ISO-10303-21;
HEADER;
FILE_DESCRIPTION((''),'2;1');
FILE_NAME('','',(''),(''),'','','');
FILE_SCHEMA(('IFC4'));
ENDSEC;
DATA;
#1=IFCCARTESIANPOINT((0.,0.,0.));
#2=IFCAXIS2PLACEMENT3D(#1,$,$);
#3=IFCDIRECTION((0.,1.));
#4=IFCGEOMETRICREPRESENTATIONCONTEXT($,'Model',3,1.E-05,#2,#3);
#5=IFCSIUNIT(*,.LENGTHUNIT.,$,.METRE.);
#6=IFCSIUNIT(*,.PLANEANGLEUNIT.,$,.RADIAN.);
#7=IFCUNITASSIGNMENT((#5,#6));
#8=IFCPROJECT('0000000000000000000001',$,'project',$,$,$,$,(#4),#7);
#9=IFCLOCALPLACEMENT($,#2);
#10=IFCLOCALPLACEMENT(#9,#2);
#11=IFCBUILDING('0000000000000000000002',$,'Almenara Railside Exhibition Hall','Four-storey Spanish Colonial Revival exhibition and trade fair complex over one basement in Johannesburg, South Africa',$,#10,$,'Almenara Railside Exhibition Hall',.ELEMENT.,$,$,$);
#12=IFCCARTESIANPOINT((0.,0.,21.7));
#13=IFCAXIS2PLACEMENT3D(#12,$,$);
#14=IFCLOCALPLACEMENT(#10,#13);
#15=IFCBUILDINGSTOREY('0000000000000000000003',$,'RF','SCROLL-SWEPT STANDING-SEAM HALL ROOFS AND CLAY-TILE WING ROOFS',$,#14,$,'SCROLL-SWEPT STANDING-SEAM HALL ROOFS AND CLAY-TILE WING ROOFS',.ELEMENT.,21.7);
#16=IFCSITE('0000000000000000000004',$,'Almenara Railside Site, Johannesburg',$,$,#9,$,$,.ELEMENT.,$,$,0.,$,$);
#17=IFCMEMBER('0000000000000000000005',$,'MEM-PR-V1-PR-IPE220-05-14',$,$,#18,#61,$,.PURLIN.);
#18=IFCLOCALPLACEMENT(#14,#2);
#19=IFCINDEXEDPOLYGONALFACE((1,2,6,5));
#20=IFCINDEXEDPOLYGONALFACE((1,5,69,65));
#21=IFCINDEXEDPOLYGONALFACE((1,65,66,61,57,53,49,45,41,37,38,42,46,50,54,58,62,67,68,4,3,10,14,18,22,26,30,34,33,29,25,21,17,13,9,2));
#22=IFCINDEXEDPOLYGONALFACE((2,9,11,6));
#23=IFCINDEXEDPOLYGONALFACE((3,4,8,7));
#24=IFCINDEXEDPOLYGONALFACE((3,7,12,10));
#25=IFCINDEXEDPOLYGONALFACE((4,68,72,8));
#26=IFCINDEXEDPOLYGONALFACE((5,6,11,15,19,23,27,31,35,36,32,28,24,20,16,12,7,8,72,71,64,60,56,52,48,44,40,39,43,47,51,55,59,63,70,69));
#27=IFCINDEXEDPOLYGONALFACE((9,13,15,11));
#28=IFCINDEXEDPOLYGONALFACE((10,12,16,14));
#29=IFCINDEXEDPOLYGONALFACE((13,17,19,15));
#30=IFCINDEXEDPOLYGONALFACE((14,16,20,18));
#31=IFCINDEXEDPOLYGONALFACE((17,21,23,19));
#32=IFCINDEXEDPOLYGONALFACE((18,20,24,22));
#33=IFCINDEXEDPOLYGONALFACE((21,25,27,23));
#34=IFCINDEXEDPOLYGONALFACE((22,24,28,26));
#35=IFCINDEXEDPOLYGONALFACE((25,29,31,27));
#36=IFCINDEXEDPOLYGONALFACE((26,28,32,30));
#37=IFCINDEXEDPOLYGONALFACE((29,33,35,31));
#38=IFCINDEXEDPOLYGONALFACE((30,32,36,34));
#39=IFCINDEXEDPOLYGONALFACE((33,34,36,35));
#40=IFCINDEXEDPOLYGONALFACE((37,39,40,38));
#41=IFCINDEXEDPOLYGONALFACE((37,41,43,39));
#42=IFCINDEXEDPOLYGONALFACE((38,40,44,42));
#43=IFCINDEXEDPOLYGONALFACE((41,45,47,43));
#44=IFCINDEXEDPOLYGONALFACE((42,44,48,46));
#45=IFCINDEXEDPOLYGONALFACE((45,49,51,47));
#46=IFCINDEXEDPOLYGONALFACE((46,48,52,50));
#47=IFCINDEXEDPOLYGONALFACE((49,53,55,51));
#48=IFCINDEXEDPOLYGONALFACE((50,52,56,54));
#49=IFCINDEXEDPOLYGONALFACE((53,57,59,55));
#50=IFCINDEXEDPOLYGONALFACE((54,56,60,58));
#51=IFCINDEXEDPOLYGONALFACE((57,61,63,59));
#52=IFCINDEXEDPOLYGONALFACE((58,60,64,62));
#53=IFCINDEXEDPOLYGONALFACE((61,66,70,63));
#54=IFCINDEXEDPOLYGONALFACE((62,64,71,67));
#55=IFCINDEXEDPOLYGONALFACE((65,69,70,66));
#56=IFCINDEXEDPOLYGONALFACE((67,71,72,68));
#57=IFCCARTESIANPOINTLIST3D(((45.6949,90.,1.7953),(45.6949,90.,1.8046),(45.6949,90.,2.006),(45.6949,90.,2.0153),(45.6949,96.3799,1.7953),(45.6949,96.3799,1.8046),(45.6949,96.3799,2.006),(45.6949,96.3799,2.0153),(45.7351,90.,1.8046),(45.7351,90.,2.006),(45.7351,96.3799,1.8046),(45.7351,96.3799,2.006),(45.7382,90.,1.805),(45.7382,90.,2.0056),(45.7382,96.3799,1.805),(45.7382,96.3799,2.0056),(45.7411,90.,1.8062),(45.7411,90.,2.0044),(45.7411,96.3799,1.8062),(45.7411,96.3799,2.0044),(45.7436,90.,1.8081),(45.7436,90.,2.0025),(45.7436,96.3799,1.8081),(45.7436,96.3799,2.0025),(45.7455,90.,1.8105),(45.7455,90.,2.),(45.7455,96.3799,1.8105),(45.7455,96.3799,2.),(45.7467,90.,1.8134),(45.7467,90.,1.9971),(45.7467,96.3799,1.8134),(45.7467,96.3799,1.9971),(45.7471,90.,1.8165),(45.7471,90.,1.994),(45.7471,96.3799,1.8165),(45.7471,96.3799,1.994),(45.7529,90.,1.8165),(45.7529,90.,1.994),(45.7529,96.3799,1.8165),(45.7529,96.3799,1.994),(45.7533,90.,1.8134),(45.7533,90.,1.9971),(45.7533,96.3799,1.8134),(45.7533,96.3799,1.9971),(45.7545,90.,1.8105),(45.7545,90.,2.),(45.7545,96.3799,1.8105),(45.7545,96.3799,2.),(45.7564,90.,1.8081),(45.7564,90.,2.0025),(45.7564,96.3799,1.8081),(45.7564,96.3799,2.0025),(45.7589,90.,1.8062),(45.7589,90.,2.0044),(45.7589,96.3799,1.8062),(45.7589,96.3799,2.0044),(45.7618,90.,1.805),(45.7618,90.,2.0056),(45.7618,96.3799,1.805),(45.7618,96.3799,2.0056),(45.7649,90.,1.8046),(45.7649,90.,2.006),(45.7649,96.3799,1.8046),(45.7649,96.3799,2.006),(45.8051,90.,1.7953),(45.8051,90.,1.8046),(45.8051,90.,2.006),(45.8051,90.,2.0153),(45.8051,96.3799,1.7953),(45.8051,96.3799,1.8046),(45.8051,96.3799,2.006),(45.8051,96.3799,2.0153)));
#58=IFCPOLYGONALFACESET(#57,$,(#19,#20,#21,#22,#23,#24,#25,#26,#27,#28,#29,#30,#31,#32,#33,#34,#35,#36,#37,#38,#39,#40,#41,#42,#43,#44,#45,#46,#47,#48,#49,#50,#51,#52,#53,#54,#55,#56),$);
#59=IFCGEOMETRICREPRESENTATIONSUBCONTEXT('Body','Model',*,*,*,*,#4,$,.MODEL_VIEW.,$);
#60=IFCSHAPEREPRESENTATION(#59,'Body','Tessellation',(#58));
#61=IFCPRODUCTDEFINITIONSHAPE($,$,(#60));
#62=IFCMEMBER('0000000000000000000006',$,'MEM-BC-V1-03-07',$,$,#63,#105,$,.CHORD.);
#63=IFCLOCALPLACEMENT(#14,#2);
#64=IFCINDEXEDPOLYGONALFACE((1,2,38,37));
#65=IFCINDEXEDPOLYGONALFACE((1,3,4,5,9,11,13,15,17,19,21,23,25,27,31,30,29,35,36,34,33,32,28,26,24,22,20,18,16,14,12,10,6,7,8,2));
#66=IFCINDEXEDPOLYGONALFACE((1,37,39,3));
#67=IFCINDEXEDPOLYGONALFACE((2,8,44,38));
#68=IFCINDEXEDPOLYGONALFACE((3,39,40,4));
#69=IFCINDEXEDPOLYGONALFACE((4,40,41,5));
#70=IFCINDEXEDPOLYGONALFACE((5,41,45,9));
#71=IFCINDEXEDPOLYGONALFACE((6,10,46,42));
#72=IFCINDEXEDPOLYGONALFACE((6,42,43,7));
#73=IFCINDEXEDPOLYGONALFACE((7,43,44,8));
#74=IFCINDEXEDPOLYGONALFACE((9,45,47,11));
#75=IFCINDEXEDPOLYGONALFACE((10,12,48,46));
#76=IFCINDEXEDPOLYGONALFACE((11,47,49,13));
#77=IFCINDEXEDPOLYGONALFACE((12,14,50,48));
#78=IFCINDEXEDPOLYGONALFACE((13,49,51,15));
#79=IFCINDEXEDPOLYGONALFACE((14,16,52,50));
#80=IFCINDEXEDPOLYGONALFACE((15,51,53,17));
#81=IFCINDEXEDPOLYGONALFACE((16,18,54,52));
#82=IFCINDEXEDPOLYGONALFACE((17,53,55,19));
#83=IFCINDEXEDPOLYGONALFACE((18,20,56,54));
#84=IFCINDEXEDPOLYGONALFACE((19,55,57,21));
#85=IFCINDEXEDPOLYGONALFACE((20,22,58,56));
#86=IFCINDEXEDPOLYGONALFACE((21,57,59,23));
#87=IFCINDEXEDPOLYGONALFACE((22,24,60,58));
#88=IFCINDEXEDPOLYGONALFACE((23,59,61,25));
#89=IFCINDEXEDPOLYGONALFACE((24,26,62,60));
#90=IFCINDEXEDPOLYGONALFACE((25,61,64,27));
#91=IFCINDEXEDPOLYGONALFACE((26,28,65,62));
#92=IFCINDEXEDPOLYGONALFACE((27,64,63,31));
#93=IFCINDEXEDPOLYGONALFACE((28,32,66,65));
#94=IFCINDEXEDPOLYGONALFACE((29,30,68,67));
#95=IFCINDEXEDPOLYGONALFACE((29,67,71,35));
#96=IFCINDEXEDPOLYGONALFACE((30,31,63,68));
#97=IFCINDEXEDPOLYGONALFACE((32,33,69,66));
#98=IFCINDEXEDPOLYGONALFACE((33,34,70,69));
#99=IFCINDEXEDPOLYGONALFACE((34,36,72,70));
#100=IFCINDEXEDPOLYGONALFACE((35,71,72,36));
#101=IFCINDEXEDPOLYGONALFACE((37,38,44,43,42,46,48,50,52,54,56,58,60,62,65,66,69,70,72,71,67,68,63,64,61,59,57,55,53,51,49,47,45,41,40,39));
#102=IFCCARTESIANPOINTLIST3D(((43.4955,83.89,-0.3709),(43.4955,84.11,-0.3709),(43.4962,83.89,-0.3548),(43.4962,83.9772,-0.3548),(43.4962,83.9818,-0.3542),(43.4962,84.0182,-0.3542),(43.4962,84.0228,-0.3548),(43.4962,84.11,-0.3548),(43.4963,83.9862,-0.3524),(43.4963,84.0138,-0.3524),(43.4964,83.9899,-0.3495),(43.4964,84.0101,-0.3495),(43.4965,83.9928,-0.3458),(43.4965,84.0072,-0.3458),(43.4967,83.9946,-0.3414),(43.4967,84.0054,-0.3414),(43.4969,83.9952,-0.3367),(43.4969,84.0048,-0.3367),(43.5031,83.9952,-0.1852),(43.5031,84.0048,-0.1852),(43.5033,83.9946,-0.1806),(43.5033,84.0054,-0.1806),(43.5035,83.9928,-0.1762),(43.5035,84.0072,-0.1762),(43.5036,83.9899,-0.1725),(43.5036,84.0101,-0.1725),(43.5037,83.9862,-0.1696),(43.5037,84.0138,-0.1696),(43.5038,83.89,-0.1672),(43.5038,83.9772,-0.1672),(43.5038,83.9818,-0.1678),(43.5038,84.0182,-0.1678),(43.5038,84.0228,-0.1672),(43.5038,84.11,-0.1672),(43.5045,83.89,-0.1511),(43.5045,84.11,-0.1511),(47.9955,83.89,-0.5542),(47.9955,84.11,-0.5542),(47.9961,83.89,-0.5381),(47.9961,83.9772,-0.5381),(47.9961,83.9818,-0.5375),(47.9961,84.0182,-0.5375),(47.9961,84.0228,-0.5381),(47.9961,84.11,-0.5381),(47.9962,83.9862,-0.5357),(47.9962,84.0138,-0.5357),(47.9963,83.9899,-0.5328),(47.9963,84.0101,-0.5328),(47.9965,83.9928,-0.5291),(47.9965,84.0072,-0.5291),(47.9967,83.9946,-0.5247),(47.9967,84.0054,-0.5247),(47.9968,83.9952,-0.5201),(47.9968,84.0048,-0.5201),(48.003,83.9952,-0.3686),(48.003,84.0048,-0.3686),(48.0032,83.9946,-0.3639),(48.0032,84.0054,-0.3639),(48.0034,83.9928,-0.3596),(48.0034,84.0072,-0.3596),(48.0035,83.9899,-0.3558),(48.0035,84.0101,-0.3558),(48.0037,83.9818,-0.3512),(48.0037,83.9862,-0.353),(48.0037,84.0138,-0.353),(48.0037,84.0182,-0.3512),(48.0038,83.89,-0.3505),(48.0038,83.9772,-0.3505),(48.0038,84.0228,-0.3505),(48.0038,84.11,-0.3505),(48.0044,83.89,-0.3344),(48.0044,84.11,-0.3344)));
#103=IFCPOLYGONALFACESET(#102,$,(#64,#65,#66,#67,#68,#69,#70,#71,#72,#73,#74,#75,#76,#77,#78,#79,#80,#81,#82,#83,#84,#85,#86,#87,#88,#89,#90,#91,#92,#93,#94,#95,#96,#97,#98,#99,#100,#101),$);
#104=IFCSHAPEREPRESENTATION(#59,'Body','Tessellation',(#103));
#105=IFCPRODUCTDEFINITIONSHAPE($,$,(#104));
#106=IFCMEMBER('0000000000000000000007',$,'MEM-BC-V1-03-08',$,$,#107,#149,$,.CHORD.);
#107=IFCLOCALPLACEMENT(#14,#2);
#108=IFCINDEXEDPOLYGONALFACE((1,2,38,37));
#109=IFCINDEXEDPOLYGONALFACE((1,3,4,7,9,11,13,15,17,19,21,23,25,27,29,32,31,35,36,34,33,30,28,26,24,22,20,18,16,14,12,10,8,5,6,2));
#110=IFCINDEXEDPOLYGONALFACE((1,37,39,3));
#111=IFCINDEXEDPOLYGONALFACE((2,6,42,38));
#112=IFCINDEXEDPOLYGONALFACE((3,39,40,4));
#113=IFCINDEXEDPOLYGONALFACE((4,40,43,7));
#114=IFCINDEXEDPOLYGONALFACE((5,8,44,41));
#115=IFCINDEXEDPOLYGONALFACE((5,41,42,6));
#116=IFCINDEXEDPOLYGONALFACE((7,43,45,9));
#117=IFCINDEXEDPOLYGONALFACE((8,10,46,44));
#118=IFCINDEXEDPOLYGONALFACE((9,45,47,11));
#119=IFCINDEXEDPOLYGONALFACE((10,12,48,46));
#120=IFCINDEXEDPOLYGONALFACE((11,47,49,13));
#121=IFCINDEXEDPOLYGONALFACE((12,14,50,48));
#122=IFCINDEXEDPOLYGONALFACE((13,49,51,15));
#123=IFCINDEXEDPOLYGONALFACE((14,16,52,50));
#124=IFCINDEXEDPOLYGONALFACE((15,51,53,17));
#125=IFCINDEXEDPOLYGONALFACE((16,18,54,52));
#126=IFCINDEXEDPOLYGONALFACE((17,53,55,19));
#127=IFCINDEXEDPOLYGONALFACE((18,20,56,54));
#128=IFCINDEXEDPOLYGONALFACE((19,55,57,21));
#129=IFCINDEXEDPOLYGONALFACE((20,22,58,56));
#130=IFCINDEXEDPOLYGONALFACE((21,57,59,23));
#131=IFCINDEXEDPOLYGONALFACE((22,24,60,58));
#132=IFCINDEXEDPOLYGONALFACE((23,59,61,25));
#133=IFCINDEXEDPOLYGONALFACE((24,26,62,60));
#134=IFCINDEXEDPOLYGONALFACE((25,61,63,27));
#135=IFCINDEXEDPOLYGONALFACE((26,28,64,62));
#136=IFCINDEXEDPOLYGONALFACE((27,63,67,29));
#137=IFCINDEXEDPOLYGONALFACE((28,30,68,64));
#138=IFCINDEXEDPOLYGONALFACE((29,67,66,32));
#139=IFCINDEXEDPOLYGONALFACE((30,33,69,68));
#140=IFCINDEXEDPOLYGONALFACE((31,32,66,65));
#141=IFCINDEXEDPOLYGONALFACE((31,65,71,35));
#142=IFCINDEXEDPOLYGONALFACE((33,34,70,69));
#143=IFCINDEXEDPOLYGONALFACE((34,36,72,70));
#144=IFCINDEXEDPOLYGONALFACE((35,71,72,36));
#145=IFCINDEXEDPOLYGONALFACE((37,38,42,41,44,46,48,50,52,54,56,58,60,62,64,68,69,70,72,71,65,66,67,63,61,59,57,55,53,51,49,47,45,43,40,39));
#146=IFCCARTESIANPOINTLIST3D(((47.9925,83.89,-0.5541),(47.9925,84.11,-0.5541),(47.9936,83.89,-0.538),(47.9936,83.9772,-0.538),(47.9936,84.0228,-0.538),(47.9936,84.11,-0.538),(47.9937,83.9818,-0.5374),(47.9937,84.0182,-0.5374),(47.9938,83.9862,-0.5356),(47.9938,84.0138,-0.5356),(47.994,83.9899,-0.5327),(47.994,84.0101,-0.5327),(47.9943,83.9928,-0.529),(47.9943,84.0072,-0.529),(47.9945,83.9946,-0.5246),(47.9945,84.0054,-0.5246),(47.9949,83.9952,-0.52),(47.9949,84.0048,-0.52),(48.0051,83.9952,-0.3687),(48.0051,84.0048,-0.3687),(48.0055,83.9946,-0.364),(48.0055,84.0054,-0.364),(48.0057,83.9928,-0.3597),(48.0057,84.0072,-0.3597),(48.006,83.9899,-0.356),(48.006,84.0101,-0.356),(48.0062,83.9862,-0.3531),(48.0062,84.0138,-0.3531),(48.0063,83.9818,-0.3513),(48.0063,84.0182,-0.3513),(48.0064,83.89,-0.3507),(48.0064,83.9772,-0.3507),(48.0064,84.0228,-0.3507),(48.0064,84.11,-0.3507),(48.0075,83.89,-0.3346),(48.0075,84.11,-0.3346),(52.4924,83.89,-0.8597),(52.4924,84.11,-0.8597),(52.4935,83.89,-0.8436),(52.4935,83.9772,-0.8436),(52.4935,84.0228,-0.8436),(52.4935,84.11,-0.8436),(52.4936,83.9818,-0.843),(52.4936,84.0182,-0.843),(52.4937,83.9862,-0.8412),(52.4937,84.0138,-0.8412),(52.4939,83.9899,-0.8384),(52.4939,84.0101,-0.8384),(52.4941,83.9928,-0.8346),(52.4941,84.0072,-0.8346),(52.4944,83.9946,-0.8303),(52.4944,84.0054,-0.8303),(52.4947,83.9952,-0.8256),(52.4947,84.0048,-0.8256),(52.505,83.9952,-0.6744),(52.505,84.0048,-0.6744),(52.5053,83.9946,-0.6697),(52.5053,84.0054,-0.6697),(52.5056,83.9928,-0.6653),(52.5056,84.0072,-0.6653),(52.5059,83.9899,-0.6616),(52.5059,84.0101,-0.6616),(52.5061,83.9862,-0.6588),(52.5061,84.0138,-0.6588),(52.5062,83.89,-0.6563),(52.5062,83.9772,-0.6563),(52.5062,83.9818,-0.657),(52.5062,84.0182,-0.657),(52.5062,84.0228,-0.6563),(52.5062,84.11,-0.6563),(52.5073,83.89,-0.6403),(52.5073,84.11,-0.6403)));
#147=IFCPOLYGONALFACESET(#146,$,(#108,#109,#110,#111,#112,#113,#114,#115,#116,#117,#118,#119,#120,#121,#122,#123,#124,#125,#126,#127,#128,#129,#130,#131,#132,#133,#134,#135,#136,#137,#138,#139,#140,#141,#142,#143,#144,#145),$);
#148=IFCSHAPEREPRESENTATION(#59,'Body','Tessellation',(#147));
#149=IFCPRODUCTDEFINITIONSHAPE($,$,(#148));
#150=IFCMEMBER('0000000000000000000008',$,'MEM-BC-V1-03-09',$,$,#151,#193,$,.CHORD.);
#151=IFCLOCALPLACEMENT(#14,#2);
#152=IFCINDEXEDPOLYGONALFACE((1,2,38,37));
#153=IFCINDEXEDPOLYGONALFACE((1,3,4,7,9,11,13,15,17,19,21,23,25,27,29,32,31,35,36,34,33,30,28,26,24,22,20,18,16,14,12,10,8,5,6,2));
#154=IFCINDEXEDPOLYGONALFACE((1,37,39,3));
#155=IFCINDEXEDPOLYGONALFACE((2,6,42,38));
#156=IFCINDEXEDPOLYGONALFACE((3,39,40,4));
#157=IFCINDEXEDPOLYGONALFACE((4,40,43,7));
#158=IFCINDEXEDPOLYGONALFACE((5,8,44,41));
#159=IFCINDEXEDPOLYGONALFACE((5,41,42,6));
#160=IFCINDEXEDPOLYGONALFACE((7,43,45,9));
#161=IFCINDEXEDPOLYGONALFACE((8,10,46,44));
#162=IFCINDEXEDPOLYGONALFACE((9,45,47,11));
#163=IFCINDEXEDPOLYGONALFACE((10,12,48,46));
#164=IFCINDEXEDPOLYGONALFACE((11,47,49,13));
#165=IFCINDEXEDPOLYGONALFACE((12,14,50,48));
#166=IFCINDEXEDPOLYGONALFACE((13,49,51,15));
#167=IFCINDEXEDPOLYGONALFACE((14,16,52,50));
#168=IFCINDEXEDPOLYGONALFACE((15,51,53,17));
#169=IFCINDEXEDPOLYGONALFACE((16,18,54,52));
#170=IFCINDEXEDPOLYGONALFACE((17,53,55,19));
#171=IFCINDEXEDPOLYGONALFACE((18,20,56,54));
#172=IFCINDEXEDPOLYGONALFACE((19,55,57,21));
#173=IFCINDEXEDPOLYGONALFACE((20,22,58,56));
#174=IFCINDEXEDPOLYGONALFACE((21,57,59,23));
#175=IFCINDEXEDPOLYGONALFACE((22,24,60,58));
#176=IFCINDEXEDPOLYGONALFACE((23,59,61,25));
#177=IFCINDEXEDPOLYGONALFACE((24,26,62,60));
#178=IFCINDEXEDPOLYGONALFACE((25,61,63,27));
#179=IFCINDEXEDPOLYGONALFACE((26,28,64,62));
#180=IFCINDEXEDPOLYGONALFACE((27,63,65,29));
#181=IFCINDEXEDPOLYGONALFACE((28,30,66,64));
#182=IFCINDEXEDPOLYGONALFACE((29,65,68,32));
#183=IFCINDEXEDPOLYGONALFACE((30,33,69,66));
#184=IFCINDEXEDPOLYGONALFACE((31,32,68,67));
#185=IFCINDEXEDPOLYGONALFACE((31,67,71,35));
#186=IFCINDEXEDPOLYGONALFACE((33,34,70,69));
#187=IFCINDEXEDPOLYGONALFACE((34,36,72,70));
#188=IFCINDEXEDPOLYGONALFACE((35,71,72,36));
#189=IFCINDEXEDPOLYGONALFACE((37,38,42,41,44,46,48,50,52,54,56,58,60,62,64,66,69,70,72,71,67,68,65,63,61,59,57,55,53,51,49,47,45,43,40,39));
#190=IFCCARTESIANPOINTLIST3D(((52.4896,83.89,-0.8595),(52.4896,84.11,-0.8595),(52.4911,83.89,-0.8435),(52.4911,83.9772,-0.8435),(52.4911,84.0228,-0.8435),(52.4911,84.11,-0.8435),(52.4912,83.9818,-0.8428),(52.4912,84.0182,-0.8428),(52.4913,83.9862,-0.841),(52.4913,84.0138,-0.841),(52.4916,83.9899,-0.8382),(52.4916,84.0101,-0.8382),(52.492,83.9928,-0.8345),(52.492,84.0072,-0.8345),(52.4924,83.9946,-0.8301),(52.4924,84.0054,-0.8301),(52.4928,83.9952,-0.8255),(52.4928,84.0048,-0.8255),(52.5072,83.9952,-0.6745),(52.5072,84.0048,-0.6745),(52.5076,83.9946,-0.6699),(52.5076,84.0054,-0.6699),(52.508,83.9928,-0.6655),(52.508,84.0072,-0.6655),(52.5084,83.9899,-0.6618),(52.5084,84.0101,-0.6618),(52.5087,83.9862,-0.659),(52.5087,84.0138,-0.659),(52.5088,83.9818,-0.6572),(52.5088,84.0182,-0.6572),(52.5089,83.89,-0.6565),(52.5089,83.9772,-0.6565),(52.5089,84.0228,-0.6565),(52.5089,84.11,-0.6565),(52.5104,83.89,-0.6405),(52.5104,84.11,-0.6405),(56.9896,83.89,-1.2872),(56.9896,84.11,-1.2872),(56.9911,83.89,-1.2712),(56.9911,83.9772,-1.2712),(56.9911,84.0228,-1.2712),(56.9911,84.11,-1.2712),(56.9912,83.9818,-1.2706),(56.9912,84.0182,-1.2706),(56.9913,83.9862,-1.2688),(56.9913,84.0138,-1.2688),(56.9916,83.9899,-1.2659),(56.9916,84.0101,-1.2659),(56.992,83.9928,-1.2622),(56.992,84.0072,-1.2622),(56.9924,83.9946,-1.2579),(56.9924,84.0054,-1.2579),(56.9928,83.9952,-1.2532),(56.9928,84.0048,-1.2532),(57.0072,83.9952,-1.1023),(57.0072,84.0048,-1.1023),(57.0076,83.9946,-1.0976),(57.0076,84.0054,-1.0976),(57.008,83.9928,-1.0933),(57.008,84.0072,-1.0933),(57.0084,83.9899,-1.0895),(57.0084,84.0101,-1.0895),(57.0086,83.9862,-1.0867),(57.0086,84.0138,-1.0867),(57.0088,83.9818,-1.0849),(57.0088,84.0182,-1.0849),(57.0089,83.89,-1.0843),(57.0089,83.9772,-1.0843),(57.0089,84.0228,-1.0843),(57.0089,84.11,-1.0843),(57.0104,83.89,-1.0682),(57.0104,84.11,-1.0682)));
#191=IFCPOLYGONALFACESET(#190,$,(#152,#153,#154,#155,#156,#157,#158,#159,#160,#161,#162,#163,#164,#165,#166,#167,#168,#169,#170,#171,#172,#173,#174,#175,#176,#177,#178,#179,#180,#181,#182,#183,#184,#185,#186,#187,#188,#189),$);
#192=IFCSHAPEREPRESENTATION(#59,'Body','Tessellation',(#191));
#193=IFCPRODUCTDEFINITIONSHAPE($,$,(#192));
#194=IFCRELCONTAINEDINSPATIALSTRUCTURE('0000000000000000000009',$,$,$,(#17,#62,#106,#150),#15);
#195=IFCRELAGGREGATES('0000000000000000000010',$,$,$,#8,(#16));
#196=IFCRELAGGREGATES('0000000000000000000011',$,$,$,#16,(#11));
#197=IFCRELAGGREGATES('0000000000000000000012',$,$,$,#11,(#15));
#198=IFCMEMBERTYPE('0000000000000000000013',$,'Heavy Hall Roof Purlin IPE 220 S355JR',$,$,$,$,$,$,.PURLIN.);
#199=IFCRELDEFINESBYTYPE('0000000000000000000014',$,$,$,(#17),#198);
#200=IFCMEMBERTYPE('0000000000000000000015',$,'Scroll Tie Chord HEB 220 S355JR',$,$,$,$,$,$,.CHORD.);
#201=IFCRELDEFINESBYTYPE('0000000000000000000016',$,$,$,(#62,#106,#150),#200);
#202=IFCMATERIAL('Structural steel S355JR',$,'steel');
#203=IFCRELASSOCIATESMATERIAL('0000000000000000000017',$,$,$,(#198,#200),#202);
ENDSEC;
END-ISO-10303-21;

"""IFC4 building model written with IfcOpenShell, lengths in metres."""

from ifc_helpers import new_model, si_unit, direction, frame, origin, origin_2d, place, context, subcontext, project, spatial, i_section, extrude, material, material_profile, profile_set, type_object, element, save


model = new_model("IFC4")

# Units and contexts
model_context = context("Model", 3, precision=1e-05, world=origin(), true_north=direction((0.0, 1.0)))
body_context = subcontext(model_context, "Body", "Model", "MODEL_VIEW")
ifc_project = project(units=[si_unit("LENGTHUNIT", "METRE"), si_unit("PLANEANGLEUNIT", "RADIAN")], contexts=[model_context])

# Site, building, storey
site_placement = place(None, origin())
site = spatial("IfcSite", under=ifc_project, at=site_placement, Name="Almenara Railside Site, Johannesburg", CompositionType="ELEMENT", RefElevation=0.0)
building_placement = place(site_placement, origin())
building = spatial("IfcBuilding", under=site, at=building_placement, Name="Almenara Railside Exhibition Hall", Description="Four-storey Spanish Colonial Revival exhibition and trade fair complex over one basement in Johannesburg, South Africa", LongName="Almenara Railside Exhibition Hall", CompositionType="ELEMENT")
storey_placement = place(building_placement, frame((0.0, 0.0, 21.7)))
storey = spatial("IfcBuildingStorey", under=building, at=storey_placement, Name="RF", Description="SCROLL-SWEPT STANDING-SEAM HALL ROOFS AND CLAY-TILE WING ROOFS", LongName="SCROLL-SWEPT STANDING-SEAM HALL ROOFS AND CLAY-TILE WING ROOFS", CompositionType="ELEMENT", Elevation=21.7)

# Members
ifc_material_1 = material(Name="Structural steel S355JR", Category="steel")
ifc_material_profile_1 = material_profile(ifc_material_1, i_section(OverallWidth=0.1101, OverallDepth=0.22, WebThickness=0.0059, FlangeThickness=0.0093, FilletRadius=0.012, at=origin_2d()), Name="IPE 220")
ifc_profile_set_1 = profile_set([ifc_material_profile_1], Name="Structural steel S355JR")
member_type_1 = type_object("IfcMemberType", Name="Heavy Hall Roof Purlin IPE 220 S355JR", PredefinedType="PURLIN", material=ifc_profile_set_1)
for number, where, z_axis, x_axis, name in (
    (1, (45.75, 90.0, 1.9053), (0.0, 1.0, 0.0), (-1.0, 0.0, 0.0), "MEM-PR-V1-PR-IPE220-05-14"),
):
    element("IfcMember", number, at=place(storey_placement, frame(where, z_axis=z_axis, x_axis=x_axis)), inside=storey, type_object=member_type_1, Name=name, PredefinedType="PURLIN", context=body_context, shape_type="SweptSolid", body=[
        extrude(i_section(OverallWidth=0.1101, OverallDepth=0.22, WebThickness=0.0059, FlangeThickness=0.0093, FilletRadius=0.012, at=origin_2d()), origin(), (0.0, 0.0, 1.0), 6.3799),
    ])
ifc_material_profile_2 = material_profile(ifc_material_1, i_section(OverallWidth=0.22, OverallDepth=0.22, WebThickness=0.0095, FlangeThickness=0.0161, FilletRadius=0.0181, at=origin_2d()), Name="HEB 220")
ifc_profile_set_2 = profile_set([ifc_material_profile_2], Name="Structural steel S355JR")
member_type_2 = type_object("IfcMemberType", Name="Scroll Tie Chord HEB 220 S355JR", PredefinedType="CHORD", material=ifc_profile_set_2)
member_1_placement = place(storey_placement, frame((43.5, 84.0, -0.261), z_axis=(0.999171, 0.0, -0.040711), x_axis=(0.0, 1.0, 0.0)))
element("IfcMember", 2, at=member_1_placement, inside=storey, type_object=member_type_2, Name="MEM-BC-V1-03-07", PredefinedType="CHORD", context=body_context, shape_type="SweptSolid", body=[
    extrude(i_section(OverallWidth=0.22, OverallDepth=0.22, WebThickness=0.0095, FlangeThickness=0.0161, FilletRadius=0.0181, at=origin_2d()), origin(), (0.0, 0.0, 1.0), 4.5037),
])
member_2_placement = place(storey_placement, frame((48.0, 84.0, -0.4443), z_axis=(0.997701, 0.0, -0.067769), x_axis=(0.0, 1.0, 0.0)))
element("IfcMember", 3, at=member_2_placement, inside=storey, type_object=member_type_2, Name="MEM-BC-V1-03-08", PredefinedType="CHORD", context=body_context, shape_type="SweptSolid", body=[
    extrude(i_section(OverallWidth=0.22, OverallDepth=0.22, WebThickness=0.0095, FlangeThickness=0.0161, FilletRadius=0.0181, at=origin_2d()), origin(), (0.0, 0.0, 1.0), 4.5103),
])
member_3_placement = place(storey_placement, frame((52.5, 84.0, -0.75), z_axis=(0.995513, 0.0, -0.094626), x_axis=(0.0, 1.0, 0.0)))
element("IfcMember", 4, at=member_3_placement, inside=storey, type_object=member_type_2, Name="MEM-BC-V1-03-09", PredefinedType="CHORD", context=body_context, shape_type="SweptSolid", body=[
    extrude(i_section(OverallWidth=0.22, OverallDepth=0.22, WebThickness=0.0095, FlangeThickness=0.0161, FilletRadius=0.0181, at=origin_2d()), origin(), (0.0, 0.0, 1.0), 4.5203),
])

save(model, "model.ifc")
